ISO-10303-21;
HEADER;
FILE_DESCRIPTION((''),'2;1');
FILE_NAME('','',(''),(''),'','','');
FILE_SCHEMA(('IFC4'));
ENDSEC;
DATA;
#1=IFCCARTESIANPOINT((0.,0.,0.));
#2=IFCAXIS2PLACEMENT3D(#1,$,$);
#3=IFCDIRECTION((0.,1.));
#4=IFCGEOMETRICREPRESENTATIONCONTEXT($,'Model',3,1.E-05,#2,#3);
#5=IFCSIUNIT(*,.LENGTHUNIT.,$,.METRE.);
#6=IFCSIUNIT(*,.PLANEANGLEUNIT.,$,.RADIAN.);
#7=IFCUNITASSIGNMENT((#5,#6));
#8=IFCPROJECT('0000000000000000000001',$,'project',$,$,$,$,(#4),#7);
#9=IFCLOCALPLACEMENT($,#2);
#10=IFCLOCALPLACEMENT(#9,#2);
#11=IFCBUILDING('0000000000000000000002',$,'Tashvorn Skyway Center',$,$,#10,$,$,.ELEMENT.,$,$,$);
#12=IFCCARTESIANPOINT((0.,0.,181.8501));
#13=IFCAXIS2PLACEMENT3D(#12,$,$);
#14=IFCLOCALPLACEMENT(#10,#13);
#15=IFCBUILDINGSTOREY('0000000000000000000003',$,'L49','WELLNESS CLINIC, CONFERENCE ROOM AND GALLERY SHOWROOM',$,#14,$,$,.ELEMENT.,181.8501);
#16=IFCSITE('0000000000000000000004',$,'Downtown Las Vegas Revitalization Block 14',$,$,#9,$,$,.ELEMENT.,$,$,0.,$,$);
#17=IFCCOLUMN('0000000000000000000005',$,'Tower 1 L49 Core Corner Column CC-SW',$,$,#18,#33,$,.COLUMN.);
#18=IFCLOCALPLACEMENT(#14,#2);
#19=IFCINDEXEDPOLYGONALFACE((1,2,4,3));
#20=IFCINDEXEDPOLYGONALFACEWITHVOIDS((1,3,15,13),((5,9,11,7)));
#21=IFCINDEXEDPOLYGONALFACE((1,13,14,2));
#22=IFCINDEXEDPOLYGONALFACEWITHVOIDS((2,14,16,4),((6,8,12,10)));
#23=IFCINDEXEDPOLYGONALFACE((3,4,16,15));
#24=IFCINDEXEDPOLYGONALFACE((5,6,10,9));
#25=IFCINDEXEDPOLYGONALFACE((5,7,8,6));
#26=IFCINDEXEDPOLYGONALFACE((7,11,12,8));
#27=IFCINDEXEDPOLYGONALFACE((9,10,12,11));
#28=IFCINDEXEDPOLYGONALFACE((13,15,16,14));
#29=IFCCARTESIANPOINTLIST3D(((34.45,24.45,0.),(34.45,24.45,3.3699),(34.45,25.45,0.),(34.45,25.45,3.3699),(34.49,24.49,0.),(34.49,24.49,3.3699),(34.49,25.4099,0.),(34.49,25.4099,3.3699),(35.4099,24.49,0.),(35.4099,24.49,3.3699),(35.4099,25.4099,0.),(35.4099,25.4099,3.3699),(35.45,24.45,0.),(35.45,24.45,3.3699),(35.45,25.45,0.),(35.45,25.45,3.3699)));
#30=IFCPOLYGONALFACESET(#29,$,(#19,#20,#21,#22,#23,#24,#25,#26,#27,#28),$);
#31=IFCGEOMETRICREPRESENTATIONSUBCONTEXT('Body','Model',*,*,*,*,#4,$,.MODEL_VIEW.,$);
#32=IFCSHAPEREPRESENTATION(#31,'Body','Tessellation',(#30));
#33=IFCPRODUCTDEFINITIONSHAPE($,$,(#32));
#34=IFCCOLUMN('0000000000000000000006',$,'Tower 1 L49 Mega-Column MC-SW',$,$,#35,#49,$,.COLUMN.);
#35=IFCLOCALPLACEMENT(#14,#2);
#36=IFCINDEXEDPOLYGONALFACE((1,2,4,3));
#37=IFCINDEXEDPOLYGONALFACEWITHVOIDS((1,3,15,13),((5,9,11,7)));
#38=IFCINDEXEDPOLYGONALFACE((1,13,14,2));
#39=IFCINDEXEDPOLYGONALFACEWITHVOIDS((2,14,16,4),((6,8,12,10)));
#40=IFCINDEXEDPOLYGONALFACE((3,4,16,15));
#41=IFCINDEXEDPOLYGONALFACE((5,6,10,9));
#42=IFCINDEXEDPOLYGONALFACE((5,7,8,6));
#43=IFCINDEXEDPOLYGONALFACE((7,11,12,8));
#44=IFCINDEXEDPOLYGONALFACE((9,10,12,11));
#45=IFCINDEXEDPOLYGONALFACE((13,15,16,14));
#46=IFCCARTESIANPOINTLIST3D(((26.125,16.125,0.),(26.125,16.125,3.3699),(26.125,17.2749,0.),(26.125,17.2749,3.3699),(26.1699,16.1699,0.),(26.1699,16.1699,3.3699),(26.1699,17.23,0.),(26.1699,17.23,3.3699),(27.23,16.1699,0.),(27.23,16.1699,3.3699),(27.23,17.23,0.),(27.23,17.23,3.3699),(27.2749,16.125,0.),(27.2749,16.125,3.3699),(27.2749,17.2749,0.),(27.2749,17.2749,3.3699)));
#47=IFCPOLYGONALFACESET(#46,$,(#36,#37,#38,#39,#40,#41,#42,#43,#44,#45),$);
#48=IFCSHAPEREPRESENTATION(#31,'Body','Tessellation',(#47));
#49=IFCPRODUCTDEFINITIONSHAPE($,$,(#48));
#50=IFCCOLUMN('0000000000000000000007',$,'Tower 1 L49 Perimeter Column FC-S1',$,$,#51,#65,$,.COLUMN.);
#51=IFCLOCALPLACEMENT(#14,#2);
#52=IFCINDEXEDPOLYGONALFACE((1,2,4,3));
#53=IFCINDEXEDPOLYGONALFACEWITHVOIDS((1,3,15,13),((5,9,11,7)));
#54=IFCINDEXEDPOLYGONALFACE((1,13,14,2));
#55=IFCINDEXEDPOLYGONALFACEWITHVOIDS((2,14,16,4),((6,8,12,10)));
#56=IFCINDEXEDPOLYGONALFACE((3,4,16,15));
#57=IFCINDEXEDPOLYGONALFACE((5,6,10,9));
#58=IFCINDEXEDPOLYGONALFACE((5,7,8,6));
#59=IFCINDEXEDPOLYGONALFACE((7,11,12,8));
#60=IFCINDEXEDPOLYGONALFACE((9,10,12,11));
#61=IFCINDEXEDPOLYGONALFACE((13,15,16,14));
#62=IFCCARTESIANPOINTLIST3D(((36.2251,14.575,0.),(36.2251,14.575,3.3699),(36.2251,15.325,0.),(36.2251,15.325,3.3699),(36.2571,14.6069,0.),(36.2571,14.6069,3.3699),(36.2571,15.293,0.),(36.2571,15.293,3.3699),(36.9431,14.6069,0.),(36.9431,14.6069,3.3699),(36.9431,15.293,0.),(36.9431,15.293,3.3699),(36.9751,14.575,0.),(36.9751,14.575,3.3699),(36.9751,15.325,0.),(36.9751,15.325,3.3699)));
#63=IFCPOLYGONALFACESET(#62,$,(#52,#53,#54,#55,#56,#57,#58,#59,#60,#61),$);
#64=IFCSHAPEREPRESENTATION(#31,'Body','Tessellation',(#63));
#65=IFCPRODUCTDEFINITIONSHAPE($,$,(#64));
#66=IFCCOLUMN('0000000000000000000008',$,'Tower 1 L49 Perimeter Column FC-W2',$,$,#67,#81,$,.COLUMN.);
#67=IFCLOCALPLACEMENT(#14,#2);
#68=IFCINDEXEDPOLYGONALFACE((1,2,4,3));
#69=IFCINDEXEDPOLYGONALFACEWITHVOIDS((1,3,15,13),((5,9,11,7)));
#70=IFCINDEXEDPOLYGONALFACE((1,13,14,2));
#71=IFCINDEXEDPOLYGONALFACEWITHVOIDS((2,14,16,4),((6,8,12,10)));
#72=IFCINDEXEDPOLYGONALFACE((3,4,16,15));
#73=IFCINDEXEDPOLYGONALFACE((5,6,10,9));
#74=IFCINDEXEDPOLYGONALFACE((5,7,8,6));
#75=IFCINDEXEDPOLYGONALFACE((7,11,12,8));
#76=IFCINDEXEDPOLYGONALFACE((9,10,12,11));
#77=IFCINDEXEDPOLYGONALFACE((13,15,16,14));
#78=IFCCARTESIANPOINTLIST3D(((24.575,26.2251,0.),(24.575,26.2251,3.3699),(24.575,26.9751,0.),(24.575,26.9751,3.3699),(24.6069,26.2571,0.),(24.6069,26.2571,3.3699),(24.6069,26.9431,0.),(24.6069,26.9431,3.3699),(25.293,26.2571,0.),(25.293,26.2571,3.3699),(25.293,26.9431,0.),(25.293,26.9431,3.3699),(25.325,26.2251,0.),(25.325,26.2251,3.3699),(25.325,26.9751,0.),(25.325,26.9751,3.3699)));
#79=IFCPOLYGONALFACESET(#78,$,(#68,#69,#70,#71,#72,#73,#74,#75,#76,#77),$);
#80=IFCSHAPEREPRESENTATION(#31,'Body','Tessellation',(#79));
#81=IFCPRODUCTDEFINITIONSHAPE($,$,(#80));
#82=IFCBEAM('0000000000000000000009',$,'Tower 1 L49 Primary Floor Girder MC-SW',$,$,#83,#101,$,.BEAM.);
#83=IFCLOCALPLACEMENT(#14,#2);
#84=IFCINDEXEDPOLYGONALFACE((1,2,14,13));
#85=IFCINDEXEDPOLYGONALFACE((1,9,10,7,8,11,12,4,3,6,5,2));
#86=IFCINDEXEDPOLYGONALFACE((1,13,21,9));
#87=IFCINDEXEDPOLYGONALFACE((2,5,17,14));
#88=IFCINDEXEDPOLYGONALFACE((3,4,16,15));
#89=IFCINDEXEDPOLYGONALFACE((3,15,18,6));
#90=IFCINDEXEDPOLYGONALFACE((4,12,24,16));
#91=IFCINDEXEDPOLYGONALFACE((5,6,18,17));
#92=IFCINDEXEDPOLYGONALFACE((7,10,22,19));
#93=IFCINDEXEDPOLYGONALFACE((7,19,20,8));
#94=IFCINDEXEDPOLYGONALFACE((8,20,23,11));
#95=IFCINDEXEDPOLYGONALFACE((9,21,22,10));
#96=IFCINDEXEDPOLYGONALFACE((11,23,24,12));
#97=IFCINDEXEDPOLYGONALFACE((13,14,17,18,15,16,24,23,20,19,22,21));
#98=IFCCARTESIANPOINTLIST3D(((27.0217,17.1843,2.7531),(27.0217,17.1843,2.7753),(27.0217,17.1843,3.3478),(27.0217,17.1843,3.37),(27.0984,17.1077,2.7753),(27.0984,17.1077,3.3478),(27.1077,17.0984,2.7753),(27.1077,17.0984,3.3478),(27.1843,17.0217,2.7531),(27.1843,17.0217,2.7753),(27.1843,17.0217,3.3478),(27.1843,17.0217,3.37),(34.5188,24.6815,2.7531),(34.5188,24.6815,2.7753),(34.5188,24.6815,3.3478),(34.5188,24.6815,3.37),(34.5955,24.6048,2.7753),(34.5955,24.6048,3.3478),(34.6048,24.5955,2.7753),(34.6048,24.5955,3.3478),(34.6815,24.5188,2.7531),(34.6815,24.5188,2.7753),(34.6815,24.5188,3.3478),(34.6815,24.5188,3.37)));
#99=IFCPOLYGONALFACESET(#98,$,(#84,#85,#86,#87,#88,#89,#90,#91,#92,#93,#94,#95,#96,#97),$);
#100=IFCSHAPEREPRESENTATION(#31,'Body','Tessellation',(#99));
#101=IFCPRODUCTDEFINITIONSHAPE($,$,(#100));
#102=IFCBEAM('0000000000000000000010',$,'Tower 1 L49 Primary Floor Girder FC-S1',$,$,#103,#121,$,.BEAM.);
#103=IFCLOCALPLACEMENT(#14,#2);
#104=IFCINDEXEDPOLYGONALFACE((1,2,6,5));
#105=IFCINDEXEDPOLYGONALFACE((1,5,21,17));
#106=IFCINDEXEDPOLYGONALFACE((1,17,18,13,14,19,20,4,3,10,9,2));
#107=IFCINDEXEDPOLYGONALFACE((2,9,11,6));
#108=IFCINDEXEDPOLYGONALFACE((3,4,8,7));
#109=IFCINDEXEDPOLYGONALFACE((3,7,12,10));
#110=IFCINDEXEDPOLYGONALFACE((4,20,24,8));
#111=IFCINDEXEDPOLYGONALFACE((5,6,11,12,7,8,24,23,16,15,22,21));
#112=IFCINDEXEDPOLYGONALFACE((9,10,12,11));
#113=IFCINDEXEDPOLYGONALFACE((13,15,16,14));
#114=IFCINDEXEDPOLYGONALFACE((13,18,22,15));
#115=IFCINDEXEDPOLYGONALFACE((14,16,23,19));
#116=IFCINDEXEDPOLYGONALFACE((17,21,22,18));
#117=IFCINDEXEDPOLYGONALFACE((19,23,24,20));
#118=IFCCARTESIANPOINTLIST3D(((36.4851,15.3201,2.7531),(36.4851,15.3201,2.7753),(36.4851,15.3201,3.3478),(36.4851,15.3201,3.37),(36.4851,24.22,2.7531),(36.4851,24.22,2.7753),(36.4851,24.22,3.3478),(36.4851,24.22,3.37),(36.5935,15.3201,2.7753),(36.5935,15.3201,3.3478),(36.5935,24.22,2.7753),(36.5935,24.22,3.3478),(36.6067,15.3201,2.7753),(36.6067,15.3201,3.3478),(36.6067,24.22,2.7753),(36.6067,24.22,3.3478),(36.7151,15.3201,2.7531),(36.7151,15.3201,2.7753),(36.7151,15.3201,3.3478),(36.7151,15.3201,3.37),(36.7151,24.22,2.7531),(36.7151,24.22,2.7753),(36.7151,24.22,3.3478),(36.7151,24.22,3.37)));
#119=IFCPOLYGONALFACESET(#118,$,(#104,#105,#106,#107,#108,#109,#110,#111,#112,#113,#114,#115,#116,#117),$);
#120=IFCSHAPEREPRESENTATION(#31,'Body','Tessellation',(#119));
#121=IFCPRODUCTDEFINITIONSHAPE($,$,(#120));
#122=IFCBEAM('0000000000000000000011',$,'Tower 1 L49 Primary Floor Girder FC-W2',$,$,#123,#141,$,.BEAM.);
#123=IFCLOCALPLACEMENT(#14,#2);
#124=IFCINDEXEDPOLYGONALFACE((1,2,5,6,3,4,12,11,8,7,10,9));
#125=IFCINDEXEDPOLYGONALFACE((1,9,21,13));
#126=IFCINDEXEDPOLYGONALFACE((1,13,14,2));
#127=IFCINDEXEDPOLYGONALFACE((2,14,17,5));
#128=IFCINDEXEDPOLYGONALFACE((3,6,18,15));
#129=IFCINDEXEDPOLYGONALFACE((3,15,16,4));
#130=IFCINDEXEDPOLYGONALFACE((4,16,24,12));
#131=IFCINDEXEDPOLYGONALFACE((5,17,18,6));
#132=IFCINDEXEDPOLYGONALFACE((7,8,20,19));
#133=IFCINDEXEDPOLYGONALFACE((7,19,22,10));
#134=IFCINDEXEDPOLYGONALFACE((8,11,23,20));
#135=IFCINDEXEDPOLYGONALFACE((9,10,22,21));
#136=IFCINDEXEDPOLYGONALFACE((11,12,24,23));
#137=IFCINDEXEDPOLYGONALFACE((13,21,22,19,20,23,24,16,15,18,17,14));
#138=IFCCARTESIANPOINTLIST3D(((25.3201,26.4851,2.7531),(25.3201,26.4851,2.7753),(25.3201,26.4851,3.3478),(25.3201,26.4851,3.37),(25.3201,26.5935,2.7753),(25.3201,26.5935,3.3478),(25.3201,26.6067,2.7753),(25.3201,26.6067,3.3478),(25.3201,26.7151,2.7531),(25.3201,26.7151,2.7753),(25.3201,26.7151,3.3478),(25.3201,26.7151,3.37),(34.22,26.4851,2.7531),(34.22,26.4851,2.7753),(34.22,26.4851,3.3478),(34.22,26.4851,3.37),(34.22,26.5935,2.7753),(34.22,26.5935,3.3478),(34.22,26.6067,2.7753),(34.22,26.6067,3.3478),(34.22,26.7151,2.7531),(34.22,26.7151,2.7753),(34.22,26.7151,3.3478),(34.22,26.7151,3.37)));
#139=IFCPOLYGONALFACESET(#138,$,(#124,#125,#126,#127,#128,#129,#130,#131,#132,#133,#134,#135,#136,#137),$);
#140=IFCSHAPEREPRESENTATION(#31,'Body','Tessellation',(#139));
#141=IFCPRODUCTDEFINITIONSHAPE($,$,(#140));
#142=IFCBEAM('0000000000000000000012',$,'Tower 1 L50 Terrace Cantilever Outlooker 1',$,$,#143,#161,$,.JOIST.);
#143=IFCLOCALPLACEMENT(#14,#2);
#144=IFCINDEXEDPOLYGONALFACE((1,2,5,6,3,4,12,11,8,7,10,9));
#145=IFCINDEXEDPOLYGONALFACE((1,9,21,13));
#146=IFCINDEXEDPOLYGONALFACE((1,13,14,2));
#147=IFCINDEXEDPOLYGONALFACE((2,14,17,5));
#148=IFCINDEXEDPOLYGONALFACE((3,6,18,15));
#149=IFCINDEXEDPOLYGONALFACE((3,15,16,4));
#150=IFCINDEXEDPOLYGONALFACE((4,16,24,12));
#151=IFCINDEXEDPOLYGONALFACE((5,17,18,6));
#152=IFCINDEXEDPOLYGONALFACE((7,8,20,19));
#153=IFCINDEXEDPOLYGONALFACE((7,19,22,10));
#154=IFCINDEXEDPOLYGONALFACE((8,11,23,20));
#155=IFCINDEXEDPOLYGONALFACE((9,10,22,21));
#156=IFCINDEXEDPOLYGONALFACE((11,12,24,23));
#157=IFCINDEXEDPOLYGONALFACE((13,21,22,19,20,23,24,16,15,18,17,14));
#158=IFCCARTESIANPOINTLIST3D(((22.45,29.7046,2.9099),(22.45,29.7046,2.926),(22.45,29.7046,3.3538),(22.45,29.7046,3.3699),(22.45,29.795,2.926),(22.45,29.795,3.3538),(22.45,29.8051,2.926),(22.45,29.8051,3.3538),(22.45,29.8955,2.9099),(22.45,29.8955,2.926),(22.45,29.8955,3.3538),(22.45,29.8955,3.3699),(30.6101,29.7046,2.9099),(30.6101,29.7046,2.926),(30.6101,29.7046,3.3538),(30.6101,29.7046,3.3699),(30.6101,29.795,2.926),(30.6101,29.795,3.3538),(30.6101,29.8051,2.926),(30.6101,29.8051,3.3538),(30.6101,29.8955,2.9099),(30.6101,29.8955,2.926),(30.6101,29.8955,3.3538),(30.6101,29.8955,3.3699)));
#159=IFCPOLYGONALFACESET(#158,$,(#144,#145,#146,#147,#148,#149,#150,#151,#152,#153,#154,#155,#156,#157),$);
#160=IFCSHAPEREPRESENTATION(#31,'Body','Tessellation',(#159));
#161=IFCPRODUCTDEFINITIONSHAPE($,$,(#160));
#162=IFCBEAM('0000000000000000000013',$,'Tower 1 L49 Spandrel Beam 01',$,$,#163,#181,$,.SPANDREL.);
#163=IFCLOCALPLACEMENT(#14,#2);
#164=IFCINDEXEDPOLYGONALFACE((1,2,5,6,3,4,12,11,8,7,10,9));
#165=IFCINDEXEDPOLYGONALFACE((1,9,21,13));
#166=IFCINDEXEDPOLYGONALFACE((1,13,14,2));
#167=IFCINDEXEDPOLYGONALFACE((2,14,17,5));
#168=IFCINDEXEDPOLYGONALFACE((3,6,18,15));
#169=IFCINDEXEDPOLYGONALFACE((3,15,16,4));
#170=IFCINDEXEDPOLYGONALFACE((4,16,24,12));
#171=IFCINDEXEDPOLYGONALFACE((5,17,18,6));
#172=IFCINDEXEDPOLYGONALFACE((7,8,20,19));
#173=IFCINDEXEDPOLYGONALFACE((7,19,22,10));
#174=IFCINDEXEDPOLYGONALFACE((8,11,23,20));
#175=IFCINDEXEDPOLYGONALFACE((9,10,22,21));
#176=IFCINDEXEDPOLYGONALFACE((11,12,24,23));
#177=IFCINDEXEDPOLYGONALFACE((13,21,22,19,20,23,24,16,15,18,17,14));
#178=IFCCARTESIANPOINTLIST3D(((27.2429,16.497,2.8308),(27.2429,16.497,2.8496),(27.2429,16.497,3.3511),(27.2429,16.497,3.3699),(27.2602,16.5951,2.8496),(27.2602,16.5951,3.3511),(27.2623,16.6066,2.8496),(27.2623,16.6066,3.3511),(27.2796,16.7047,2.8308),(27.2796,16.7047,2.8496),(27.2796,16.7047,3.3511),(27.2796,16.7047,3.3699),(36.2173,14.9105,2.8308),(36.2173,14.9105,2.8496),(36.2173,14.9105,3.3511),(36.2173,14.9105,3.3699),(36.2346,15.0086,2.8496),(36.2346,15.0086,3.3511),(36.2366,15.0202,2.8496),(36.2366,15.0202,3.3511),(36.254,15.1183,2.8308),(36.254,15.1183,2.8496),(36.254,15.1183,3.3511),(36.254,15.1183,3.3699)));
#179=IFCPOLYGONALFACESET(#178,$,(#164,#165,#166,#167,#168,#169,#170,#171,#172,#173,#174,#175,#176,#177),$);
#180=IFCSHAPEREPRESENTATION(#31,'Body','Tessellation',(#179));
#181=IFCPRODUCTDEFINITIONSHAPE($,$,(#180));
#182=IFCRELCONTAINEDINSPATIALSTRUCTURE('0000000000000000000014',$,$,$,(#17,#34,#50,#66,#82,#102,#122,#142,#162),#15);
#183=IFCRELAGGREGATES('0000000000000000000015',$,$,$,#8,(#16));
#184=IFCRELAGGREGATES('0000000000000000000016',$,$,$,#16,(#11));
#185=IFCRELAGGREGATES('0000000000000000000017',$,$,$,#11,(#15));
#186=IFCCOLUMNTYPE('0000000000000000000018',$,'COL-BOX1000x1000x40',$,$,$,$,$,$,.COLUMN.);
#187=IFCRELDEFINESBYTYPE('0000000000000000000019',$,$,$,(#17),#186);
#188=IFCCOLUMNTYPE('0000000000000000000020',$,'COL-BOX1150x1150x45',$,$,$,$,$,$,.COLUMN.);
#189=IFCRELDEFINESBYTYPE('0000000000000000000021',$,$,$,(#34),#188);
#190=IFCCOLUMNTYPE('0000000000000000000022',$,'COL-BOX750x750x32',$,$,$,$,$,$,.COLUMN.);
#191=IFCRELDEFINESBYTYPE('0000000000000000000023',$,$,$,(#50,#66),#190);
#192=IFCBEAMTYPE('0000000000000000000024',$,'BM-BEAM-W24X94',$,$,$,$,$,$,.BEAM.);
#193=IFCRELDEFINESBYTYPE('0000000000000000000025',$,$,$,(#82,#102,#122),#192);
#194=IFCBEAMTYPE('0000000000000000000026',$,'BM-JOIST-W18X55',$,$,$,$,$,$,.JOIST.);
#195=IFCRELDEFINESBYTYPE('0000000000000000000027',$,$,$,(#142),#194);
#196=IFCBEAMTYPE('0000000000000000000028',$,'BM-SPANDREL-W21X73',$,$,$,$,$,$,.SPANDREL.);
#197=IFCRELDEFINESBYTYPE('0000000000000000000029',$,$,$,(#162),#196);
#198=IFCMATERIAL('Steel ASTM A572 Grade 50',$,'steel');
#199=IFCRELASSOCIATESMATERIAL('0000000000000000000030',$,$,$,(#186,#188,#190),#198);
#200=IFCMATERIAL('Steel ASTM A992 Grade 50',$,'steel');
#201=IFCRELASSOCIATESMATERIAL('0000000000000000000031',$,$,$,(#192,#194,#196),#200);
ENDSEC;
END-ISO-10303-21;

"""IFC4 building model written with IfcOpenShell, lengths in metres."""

from ifc_helpers import new_model, si_unit, direction, frame, origin, origin_2d, place, context, subcontext, project, spatial, hollow_rectangle, i_section, extrude, material, material_profile, profile_set, type_object, element, save


model = new_model("IFC4")

# Units and contexts
model_context = context("Model", 3, precision=1e-05, world=origin(), true_north=direction((0.0, 1.0)))
body_context = subcontext(model_context, "Body", "Model", "MODEL_VIEW")
ifc_project = project(units=[si_unit("LENGTHUNIT", "METRE"), si_unit("PLANEANGLEUNIT", "RADIAN")], contexts=[model_context])

# Site, building, storey
site_placement = place(None, origin())
site = spatial("IfcSite", under=ifc_project, at=site_placement, Name="Downtown Las Vegas Revitalization Block 14", CompositionType="ELEMENT", RefElevation=0.0)
building_placement = place(site_placement, origin())
building = spatial("IfcBuilding", under=site, at=building_placement, Name="Tashvorn Skyway Center", CompositionType="ELEMENT")
storey_placement = place(building_placement, frame((0.0, 0.0, 181.8501)))
storey = spatial("IfcBuildingStorey", under=building, at=storey_placement, Name="L49", Description="WELLNESS CLINIC, CONFERENCE ROOM AND GALLERY SHOWROOM", CompositionType="ELEMENT", Elevation=181.8501)

# Columns
ifc_material_1 = material(Name="Steel ASTM A572 Grade 50", Category="steel")
ifc_material_profile_1 = material_profile(ifc_material_1, hollow_rectangle(XDim=1.0, YDim=1.0, WallThickness=0.04, at=origin_2d()), Name="BOX1000x1000x40")
ifc_profile_set_1 = profile_set([ifc_material_profile_1], Name="Steel ASTM A572 Grade 50")
column_type_1 = type_object("IfcColumnType", Name="COL-BOX1000x1000x40", PredefinedType="COLUMN", material=ifc_profile_set_1)
column_1_placement = place(storey_placement, frame((34.95, 24.95, 0.0), z_axis=(0.0, 0.0, 1.0), x_axis=(1.0, 0.0, 0.0)))
element("IfcColumn", 1, at=column_1_placement, inside=storey, type_object=column_type_1, Name="Tower 1 L49 Core Corner Column CC-SW", PredefinedType="COLUMN", context=body_context, shape_type="SweptSolid", body=[
    extrude(hollow_rectangle(XDim=1.0, YDim=1.0, WallThickness=0.04, at=origin_2d()), origin(), (0.0, 0.0, 1.0), 3.3699),
])
ifc_material_profile_2 = material_profile(ifc_material_1, hollow_rectangle(XDim=1.1499, YDim=1.1499, WallThickness=0.0449, at=origin_2d()), Name="BOX1150x1150x45")
ifc_profile_set_2 = profile_set([ifc_material_profile_2], Name="Steel ASTM A572 Grade 50")
column_type_2 = type_object("IfcColumnType", Name="COL-BOX1150x1150x45", PredefinedType="COLUMN", material=ifc_profile_set_2)
column_2_placement = place(storey_placement, frame((26.7, 16.7, 0.0), z_axis=(0.0, 0.0, 1.0), x_axis=(1.0, 0.0, 0.0)))
element("IfcColumn", 2, at=column_2_placement, inside=storey, type_object=column_type_2, Name="Tower 1 L49 Mega-Column MC-SW", PredefinedType="COLUMN", context=body_context, shape_type="SweptSolid", body=[
    extrude(hollow_rectangle(XDim=1.1499, YDim=1.1499, WallThickness=0.0449, at=origin_2d()), origin(), (0.0, 0.0, 1.0), 3.3699),
])
ifc_material_profile_3 = material_profile(ifc_material_1, hollow_rectangle(XDim=0.75, YDim=0.75, WallThickness=0.032, at=origin_2d()), Name="BOX750x750x32")
ifc_profile_set_3 = profile_set([ifc_material_profile_3], Name="Steel ASTM A572 Grade 50")
column_type_3 = type_object("IfcColumnType", Name="COL-BOX750x750x32", PredefinedType="COLUMN", material=ifc_profile_set_3)
for number, where, z_axis, x_axis, name in (
    (3, (36.6001, 14.95, 0.0), (0.0, 0.0, 1.0), (1.0, 0.0, 0.0), "Tower 1 L49 Perimeter Column FC-S1"),
    (4, (24.95, 26.6001, 0.0), (0.0, 0.0, 1.0), (1.0, 0.0, 0.0), "Tower 1 L49 Perimeter Column FC-W2"),
):
    element("IfcColumn", number, at=place(storey_placement, frame(where, z_axis=z_axis, x_axis=x_axis)), inside=storey, type_object=column_type_3, Name=name, PredefinedType="COLUMN", context=body_context, shape_type="SweptSolid", body=[
        extrude(hollow_rectangle(XDim=0.75, YDim=0.75, WallThickness=0.032, at=origin_2d()), origin(), (0.0, 0.0, 1.0), 3.3699),
    ])

# Beams
ifc_material_2 = material(Name="Steel ASTM A992 Grade 50", Category="steel")
ifc_material_profile_4 = material_profile(ifc_material_2, i_section(OverallWidth=0.23, OverallDepth=0.6169, WebThickness=0.0132, FlangeThickness=0.0222, at=origin_2d()), Name="W24X94")
ifc_profile_set_4 = profile_set([ifc_material_profile_4], Name="Steel ASTM A992 Grade 50")
beam_type_1 = type_object("IfcBeamType", Name="BM-BEAM-W24X94", PredefinedType="BEAM", material=ifc_profile_set_4)
beam_1_placement = place(storey_placement, frame((27.103, 17.103, 3.0615), z_axis=(0.707107, 0.707107, 0.0), x_axis=(-0.707107, 0.707107, 0.0)))
element("IfcBeam", 5, at=beam_1_placement, inside=storey, type_object=beam_type_1, Name="Tower 1 L49 Primary Floor Girder MC-SW", PredefinedType="BEAM", context=body_context, shape_type="SweptSolid", body=[
    extrude(i_section(OverallWidth=0.23, OverallDepth=0.6169, WebThickness=0.0132, FlangeThickness=0.0222, at=origin_2d()), origin(), (0.0, 0.0, 1.0), 10.6025),
])
for number, where, z_axis, x_axis, name in (
    (6, (36.6001, 15.3201, 3.0615), (0.0, 1.0, 0.0), (-1.0, 0.0, 0.0), "Tower 1 L49 Primary Floor Girder FC-S1"),
    (7, (25.3201, 26.6001, 3.0615), (1.0, 0.0, 0.0), (0.0, 1.0, 0.0), "Tower 1 L49 Primary Floor Girder FC-W2"),
):
    element("IfcBeam", number, at=place(storey_placement, frame(where, z_axis=z_axis, x_axis=x_axis)), inside=storey, type_object=beam_type_1, Name=name, PredefinedType="BEAM", context=body_context, shape_type="SweptSolid", body=[
        extrude(i_section(OverallWidth=0.23, OverallDepth=0.6169, WebThickness=0.0132, FlangeThickness=0.0222, at=origin_2d()), origin(), (0.0, 0.0, 1.0), 8.8999),
    ])
ifc_material_profile_5 = material_profile(ifc_material_2, i_section(OverallWidth=0.1909, OverallDepth=0.46, WebThickness=0.01, FlangeThickness=0.0161, at=origin_2d()), Name="W18X55")
ifc_profile_set_5 = profile_set([ifc_material_profile_5], Name="Steel ASTM A992 Grade 50")
beam_type_2 = type_object("IfcBeamType", Name="BM-JOIST-W18X55", PredefinedType="JOIST", material=ifc_profile_set_5)
beam_2_placement = place(storey_placement, frame((30.6101, 29.8, 3.1399), z_axis=(-1.0, 0.0, 0.0), x_axis=(0.0, -1.0, 0.0)))
element("IfcBeam", 8, at=beam_2_placement, inside=storey, type_object=beam_type_2, Name="Tower 1 L50 Terrace Cantilever Outlooker 1", PredefinedType="JOIST", context=body_context, shape_type="SweptSolid", body=[
    extrude(i_section(OverallWidth=0.1909, OverallDepth=0.46, WebThickness=0.01, FlangeThickness=0.0161, at=origin_2d()), origin(), (0.0, 0.0, 1.0), 8.1602),
])
ifc_material_profile_6 = material_profile(ifc_material_2, i_section(OverallWidth=0.2109, OverallDepth=0.5391, WebThickness=0.0117, FlangeThickness=0.0188, at=origin_2d()), Name="W21X73")
ifc_profile_set_6 = profile_set([ifc_material_profile_6], Name="Steel ASTM A992 Grade 50")
beam_type_3 = type_object("IfcBeamType", Name="BM-SPANDREL-W21X73", PredefinedType="SPANDREL", material=ifc_profile_set_6)
for number, where, z_axis, x_axis, name in (
    (9, (27.2612, 16.6008, 3.1003), (0.984733, -0.174074, 0.0), (0.174074, 0.984733, 0.0), "Tower 1 L49 Spandrel Beam 01"),
):
    element("IfcBeam", number, at=place(storey_placement, frame(where, z_axis=z_axis, x_axis=x_axis)), inside=storey, type_object=beam_type_3, Name=name, PredefinedType="SPANDREL", context=body_context, shape_type="SweptSolid", body=[
        extrude(i_section(OverallWidth=0.2109, OverallDepth=0.5391, WebThickness=0.0117, FlangeThickness=0.0188, at=origin_2d()), origin(), (0.0, 0.0, 1.0), 9.1135),
    ])

save(model, "model.ifc")
